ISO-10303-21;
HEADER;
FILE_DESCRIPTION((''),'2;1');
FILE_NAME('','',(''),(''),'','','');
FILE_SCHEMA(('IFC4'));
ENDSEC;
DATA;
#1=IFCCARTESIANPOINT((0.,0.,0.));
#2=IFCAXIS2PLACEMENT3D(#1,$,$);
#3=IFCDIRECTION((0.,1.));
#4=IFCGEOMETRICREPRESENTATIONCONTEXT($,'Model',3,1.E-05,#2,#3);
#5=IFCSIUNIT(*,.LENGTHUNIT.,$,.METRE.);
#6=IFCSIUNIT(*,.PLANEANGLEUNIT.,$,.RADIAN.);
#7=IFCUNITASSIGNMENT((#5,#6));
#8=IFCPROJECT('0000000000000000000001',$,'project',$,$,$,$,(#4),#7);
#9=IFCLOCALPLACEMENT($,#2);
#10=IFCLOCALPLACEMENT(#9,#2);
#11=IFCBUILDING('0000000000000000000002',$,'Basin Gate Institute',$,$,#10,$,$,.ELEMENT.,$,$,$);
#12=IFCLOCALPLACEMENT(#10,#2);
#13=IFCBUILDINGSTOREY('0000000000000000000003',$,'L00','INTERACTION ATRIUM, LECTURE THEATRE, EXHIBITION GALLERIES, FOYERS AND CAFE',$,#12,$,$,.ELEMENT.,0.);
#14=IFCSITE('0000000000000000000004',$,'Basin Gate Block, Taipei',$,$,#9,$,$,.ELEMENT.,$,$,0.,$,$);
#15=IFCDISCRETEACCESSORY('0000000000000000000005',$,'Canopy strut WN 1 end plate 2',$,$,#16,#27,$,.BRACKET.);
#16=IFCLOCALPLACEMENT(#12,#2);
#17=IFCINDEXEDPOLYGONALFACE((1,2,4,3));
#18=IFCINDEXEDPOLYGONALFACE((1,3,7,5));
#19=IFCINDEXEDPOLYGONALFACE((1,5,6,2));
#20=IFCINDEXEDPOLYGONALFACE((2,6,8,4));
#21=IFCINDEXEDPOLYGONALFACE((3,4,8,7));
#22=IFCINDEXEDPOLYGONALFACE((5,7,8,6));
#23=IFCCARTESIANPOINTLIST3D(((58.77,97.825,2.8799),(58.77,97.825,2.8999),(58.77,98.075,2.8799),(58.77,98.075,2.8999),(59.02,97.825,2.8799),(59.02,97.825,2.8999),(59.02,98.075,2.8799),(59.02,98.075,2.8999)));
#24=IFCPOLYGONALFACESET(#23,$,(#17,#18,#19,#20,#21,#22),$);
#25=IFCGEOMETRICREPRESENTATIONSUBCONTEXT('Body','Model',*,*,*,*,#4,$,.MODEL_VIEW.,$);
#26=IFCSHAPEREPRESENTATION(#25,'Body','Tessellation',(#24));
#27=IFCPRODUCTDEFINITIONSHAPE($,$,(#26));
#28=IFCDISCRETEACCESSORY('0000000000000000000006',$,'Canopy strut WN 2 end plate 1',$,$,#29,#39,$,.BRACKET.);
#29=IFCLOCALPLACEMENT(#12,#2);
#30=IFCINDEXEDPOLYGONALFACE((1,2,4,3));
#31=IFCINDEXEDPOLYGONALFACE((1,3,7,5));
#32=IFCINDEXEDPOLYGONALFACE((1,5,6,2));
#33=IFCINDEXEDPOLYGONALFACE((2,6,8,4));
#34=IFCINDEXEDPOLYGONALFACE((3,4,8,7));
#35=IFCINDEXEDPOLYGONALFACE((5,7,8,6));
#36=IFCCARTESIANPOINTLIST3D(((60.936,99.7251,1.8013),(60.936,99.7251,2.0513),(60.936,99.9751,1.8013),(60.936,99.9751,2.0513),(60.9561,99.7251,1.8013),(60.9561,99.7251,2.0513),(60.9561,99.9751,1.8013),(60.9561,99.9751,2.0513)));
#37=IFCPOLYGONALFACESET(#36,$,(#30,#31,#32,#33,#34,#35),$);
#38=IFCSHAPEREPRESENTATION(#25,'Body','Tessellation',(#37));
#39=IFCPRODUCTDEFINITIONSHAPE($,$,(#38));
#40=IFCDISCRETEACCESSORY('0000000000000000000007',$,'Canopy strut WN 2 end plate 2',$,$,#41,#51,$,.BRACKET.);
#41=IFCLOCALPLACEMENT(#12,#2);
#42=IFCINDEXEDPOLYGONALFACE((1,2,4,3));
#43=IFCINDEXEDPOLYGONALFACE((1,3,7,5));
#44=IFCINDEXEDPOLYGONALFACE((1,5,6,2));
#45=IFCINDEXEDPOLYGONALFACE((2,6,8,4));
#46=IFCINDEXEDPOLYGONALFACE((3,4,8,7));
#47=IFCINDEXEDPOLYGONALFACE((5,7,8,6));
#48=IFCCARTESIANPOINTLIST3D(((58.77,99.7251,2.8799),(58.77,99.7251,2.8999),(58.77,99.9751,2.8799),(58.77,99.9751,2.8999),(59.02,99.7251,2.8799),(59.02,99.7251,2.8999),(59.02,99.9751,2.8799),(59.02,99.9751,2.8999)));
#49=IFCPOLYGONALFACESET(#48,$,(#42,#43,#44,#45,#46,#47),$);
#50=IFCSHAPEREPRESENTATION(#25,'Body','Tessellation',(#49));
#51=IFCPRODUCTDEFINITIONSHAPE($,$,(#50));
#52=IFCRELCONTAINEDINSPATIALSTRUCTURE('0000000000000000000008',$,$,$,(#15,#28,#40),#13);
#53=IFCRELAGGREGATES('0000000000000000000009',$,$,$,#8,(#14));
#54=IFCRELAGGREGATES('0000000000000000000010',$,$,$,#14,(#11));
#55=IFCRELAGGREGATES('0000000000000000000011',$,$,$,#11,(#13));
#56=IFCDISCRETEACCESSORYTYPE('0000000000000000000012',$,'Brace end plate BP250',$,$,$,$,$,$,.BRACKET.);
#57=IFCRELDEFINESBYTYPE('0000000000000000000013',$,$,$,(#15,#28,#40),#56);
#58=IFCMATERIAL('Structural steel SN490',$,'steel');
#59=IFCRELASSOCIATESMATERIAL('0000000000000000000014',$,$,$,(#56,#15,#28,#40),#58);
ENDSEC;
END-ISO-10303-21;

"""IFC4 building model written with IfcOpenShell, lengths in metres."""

from ifc_helpers import new_model, si_unit, direction, frame, origin, origin_2d, place, context, subcontext, project, spatial, rectangle, extrude, material, type_object, element, save


model = new_model("IFC4")

# Units and contexts
model_context = context("Model", 3, precision=1e-05, world=origin(), true_north=direction((0.0, 1.0)))
body_context = subcontext(model_context, "Body", "Model", "MODEL_VIEW")
ifc_project = project(units=[si_unit("LENGTHUNIT", "METRE"), si_unit("PLANEANGLEUNIT", "RADIAN")], contexts=[model_context])

# Site, building, storey
site_placement = place(None, origin())
site = spatial("IfcSite", under=ifc_project, at=site_placement, Name="Basin Gate Block, Taipei", CompositionType="ELEMENT", RefElevation=0.0)
building_placement = place(site_placement, origin())
building = spatial("IfcBuilding", under=site, at=building_placement, Name="Basin Gate Institute", CompositionType="ELEMENT")
storey_placement = place(building_placement, origin())
storey = spatial("IfcBuildingStorey", under=building, at=storey_placement, Name="L00", Description="INTERACTION ATRIUM, LECTURE THEATRE, EXHIBITION GALLERIES, FOYERS AND CAFE", CompositionType="ELEMENT", Elevation=0.0)

# Discrete accessories
ifc_material_1 = material(Name="Structural steel SN490", Category="steel")
discrete_accessory_type = type_object("IfcDiscreteAccessoryType", Name="Brace end plate BP250", PredefinedType="BRACKET", material=ifc_material_1)
discrete_accessory_1_placement = place(storey_placement, frame((58.895, 97.95, 2.8799), z_axis=(0.0, 0.0, 1.0), x_axis=(1.0, 0.0, 0.0)))
element("IfcDiscreteAccessory", 1, at=discrete_accessory_1_placement, inside=storey, type_object=discrete_accessory_type, material=ifc_material_1, Name="Canopy strut WN 1 end plate 2", PredefinedType="BRACKET", context=body_context, shape_type="SweptSolid", body=[
    extrude(rectangle(XDim=0.25, YDim=0.25, at=origin_2d()), origin(), (0.0, 0.0, 1.0), 0.02),
])
discrete_accessory_2_placement = place(storey_placement, frame((60.946, 99.8501, 1.8013), z_axis=(0.0, 0.0, 1.0), x_axis=(1.0, 0.0, 0.0)))
element("IfcDiscreteAccessory", 2, at=discrete_accessory_2_placement, inside=storey, type_object=discrete_accessory_type, material=ifc_material_1, Name="Canopy strut WN 2 end plate 1", PredefinedType="BRACKET", context=body_context, shape_type="SweptSolid", body=[
    extrude(rectangle(XDim=0.02, YDim=0.25, at=origin_2d()), origin(), (0.0, 0.0, 1.0), 0.25),
])
discrete_accessory_3_placement = place(storey_placement, frame((58.895, 99.8501, 2.8799), z_axis=(0.0, 0.0, 1.0), x_axis=(1.0, 0.0, 0.0)))
element("IfcDiscreteAccessory", 3, at=discrete_accessory_3_placement, inside=storey, type_object=discrete_accessory_type, material=ifc_material_1, Name="Canopy strut WN 2 end plate 2", PredefinedType="BRACKET", context=body_context, shape_type="SweptSolid", body=[
    extrude(rectangle(XDim=0.25, YDim=0.25, at=origin_2d()), origin(), (0.0, 0.0, 1.0), 0.02),
])

save(model, "model.ifc")
